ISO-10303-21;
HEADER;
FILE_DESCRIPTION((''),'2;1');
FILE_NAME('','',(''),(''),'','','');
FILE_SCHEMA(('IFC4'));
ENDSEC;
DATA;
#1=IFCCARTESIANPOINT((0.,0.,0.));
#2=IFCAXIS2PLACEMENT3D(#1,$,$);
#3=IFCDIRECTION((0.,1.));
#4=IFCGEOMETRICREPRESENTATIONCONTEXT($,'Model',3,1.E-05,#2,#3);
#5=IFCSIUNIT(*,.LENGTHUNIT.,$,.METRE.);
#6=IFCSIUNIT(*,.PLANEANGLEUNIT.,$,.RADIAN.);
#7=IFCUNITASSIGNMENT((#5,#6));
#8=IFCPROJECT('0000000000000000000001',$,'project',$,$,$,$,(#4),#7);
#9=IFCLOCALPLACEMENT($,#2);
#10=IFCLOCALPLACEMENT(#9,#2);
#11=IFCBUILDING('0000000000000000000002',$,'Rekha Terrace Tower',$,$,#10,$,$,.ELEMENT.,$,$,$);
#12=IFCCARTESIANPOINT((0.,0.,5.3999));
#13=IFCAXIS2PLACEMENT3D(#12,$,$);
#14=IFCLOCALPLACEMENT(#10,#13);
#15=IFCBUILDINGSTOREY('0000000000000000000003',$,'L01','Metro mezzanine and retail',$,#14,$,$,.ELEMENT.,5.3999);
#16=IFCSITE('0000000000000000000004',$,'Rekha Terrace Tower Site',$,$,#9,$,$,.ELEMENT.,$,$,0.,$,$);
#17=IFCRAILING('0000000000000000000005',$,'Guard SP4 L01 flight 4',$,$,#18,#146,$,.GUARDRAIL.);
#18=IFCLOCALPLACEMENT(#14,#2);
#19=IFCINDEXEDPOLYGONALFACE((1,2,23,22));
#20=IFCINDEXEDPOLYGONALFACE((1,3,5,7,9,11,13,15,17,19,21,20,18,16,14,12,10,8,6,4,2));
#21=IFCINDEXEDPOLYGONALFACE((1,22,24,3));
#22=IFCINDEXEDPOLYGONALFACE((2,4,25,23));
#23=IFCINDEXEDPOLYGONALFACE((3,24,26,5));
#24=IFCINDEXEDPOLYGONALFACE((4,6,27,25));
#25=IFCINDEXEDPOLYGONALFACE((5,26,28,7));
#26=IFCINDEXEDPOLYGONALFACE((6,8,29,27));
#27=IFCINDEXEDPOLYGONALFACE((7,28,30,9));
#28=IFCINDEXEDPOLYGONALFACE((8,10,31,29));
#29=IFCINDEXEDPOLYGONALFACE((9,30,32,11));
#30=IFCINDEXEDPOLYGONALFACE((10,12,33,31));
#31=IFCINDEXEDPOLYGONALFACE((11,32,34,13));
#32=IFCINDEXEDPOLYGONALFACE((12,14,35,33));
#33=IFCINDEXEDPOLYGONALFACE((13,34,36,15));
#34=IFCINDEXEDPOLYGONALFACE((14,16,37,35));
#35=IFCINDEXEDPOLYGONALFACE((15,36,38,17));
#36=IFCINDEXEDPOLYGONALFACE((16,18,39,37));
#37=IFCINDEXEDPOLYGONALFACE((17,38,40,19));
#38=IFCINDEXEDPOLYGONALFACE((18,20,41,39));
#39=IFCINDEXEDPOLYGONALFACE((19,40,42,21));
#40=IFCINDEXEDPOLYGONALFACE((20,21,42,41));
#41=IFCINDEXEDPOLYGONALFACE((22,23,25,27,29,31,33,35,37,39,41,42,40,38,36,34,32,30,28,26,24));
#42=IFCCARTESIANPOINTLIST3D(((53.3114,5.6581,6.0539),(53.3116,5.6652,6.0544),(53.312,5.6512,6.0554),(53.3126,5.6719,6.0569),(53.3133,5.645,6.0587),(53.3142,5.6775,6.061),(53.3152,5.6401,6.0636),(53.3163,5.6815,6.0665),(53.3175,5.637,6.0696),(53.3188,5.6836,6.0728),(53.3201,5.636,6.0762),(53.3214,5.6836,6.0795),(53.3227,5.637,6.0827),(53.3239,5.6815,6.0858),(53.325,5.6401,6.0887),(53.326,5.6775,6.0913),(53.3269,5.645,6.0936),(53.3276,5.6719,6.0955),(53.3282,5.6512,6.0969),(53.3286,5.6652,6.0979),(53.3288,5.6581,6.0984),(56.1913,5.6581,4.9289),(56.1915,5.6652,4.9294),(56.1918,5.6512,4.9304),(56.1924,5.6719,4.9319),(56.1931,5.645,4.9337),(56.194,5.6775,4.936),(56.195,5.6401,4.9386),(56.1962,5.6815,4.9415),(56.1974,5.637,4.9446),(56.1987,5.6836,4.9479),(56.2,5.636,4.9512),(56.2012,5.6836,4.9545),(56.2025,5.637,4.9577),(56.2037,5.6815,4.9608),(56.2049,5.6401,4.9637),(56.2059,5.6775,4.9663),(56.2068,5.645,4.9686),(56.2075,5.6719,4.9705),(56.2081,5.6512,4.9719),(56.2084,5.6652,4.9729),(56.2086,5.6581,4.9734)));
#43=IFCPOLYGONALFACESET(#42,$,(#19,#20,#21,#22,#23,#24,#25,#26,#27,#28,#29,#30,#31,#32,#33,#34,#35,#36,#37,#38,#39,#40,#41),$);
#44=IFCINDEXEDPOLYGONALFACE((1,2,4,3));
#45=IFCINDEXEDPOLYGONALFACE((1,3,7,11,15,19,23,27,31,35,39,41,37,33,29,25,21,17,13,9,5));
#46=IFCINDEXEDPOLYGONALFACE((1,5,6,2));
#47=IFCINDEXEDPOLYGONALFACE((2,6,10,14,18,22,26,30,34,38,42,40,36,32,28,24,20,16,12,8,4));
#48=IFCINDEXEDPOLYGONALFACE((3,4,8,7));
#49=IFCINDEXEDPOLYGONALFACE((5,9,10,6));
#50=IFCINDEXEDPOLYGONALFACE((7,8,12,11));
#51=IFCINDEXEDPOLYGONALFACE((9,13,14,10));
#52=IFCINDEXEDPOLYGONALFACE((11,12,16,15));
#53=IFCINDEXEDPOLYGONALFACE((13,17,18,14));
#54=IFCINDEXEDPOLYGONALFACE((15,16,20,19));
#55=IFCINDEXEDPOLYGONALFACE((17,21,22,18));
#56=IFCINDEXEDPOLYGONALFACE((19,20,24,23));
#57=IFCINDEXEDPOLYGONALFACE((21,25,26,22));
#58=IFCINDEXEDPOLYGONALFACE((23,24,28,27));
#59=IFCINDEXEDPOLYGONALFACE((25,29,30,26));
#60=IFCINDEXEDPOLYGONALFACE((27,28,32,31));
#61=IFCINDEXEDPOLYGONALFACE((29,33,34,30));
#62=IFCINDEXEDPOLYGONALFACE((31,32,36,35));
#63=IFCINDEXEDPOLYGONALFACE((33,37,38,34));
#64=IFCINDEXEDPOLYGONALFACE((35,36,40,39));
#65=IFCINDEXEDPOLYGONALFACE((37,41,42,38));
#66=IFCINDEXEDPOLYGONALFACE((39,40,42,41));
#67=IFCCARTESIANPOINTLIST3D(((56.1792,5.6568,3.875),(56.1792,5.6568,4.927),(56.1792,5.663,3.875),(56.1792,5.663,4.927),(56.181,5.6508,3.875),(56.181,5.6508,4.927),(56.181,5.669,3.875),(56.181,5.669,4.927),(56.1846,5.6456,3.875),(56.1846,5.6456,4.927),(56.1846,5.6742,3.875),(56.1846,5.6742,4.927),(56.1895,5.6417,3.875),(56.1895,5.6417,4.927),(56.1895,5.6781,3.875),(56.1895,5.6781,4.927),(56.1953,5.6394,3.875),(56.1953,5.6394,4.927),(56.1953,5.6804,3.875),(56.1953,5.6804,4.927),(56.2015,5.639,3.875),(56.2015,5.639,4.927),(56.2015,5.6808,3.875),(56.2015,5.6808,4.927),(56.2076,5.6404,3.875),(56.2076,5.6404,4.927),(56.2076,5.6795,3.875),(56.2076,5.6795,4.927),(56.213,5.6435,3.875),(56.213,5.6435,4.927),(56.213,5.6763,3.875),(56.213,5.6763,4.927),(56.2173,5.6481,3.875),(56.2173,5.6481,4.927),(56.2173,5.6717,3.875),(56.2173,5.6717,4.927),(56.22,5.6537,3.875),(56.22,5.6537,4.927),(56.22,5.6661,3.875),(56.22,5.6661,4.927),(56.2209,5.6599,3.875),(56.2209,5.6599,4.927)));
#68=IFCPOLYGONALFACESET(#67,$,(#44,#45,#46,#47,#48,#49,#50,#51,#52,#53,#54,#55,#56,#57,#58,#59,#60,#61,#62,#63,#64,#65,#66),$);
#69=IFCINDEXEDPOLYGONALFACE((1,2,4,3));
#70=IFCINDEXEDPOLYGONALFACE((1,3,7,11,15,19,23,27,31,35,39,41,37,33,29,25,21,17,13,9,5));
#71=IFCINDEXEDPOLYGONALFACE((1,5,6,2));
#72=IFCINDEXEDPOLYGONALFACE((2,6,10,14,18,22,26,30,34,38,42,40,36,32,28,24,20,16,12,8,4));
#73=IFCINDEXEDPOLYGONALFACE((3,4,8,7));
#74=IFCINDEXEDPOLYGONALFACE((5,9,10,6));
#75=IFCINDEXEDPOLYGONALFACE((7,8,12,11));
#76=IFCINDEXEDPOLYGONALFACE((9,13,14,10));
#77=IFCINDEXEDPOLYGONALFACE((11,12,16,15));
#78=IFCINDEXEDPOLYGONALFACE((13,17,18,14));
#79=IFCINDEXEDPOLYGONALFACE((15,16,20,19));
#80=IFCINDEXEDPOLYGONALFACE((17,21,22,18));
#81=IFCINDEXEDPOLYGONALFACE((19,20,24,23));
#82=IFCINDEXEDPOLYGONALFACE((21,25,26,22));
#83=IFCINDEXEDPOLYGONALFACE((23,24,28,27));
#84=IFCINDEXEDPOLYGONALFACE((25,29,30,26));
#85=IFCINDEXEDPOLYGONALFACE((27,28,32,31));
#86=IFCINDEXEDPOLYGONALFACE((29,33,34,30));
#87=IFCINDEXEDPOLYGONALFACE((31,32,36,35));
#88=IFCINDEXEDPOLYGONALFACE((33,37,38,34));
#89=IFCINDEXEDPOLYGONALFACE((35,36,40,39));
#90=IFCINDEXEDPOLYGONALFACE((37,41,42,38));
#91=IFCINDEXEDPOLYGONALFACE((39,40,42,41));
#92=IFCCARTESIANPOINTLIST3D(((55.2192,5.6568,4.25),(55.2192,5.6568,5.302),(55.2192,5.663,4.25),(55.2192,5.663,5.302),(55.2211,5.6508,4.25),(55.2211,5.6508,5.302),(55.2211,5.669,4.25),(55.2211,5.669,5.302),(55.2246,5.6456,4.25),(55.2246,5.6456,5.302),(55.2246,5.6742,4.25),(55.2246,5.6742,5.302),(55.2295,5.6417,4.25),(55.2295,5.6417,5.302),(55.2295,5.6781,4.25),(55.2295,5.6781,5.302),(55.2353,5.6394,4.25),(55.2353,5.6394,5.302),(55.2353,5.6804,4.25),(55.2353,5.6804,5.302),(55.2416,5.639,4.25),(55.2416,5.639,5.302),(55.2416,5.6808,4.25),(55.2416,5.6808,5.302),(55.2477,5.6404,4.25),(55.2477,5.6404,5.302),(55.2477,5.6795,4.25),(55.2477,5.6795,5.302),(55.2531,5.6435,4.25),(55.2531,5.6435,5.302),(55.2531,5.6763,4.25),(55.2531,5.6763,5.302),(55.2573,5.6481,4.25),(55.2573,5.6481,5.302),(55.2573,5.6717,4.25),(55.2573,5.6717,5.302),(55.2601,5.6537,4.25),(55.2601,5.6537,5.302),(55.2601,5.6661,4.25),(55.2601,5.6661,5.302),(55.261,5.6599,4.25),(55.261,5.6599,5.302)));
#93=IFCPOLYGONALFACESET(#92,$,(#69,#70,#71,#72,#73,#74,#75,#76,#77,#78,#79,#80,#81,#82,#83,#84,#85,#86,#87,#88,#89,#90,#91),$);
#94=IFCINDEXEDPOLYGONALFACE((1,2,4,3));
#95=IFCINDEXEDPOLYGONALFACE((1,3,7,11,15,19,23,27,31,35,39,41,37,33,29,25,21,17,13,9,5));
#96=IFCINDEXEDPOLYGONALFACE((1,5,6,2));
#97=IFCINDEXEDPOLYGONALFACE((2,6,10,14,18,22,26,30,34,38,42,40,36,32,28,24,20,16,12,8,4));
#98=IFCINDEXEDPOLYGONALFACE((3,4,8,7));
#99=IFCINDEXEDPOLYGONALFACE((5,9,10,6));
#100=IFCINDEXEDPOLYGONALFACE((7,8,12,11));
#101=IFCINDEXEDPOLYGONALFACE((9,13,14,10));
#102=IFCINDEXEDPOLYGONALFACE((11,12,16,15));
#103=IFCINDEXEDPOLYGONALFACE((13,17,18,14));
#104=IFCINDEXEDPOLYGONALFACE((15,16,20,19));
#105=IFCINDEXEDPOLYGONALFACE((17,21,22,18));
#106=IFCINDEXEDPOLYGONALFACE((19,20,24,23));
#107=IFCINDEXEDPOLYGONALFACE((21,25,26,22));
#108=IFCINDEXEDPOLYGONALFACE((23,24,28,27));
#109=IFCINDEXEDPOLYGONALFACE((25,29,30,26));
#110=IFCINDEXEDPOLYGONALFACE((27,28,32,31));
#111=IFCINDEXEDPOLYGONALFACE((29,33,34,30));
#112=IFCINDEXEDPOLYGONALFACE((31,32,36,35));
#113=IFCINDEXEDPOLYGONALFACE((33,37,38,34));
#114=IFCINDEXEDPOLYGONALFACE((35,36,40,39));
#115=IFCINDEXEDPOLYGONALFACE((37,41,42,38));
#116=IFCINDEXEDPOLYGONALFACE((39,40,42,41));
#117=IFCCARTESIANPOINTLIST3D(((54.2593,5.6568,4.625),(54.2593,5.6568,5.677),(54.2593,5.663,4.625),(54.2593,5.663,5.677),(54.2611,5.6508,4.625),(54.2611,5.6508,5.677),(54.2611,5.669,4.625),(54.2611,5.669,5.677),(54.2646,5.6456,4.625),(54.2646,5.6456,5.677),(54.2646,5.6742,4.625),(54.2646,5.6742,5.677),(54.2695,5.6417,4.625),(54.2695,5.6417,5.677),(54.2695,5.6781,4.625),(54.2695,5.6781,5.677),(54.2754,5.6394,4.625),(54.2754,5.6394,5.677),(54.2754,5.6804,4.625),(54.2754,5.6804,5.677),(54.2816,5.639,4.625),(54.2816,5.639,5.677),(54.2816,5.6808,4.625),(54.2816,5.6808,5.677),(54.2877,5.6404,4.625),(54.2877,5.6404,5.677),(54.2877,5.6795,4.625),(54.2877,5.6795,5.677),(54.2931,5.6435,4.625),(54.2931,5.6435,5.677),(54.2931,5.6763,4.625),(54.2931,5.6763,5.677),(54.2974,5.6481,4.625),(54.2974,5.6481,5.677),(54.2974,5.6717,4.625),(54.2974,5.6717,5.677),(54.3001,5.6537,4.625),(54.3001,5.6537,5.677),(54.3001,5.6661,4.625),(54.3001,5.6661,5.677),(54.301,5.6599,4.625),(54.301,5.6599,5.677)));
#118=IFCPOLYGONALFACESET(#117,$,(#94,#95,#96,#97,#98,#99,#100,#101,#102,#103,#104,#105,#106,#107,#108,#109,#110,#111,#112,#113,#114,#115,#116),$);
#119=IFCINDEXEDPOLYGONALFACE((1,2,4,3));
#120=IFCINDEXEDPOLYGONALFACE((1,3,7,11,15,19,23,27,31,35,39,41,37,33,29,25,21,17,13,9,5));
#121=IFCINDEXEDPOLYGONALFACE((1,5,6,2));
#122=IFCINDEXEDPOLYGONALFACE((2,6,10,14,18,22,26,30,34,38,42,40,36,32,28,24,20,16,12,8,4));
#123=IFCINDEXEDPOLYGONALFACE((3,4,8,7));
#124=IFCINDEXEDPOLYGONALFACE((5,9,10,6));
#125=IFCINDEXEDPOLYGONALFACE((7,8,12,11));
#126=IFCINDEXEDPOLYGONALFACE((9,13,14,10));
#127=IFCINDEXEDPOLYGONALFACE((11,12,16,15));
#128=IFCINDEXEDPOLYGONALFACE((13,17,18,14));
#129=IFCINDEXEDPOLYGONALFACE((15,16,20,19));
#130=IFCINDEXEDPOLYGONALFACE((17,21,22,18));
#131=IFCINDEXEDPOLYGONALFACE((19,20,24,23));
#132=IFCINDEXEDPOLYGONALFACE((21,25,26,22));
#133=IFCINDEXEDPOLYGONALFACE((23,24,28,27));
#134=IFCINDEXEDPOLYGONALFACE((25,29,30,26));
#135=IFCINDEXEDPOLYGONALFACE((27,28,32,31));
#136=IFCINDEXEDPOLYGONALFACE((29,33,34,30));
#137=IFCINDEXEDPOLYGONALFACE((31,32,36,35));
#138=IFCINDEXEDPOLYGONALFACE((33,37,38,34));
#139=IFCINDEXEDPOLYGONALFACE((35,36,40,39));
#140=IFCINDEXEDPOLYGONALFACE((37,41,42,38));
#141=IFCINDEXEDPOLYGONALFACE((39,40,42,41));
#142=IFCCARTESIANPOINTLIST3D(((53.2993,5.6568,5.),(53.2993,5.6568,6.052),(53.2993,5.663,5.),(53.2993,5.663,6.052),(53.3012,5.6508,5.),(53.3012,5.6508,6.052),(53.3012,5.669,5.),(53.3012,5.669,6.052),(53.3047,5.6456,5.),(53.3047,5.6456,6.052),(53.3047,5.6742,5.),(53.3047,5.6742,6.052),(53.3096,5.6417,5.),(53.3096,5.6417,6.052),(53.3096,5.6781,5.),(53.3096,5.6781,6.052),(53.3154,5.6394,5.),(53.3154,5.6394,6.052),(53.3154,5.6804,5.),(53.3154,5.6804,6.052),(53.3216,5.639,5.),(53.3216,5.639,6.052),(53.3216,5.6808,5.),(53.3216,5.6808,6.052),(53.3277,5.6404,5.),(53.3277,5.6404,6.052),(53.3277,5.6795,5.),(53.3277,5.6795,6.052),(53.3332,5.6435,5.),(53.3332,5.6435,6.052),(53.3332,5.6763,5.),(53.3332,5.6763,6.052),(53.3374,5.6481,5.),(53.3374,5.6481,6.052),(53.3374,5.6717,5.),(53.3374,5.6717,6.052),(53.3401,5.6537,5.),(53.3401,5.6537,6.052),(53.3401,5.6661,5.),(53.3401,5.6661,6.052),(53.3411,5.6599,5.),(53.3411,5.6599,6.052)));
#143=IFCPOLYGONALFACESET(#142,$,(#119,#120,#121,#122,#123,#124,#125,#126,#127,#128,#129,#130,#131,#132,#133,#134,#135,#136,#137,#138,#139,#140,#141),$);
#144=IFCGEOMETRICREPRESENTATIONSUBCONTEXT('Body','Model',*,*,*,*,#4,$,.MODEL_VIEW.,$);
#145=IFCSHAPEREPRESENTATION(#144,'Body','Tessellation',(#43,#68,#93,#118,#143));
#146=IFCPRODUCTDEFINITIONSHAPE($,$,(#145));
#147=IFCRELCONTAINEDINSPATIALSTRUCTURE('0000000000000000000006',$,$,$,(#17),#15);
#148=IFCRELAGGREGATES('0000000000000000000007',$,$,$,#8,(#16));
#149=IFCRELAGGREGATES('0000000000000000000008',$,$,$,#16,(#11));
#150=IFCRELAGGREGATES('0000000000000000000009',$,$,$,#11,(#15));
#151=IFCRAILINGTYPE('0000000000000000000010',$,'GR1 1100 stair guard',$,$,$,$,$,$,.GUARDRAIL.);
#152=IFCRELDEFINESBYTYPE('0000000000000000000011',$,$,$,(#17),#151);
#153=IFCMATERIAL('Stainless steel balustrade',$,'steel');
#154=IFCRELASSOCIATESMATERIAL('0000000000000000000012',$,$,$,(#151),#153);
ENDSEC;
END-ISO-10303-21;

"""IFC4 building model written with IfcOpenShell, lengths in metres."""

from ifc_helpers import new_model, si_unit, direction, frame, origin, origin_2d, place, context, subcontext, project, spatial, circle, extrude, material, type_object, element, save


model = new_model("IFC4")

# Units and contexts
model_context = context("Model", 3, precision=1e-05, world=origin(), true_north=direction((0.0, 1.0)))
body_context = subcontext(model_context, "Body", "Model", "MODEL_VIEW")
ifc_project = project(units=[si_unit("LENGTHUNIT", "METRE"), si_unit("PLANEANGLEUNIT", "RADIAN")], contexts=[model_context])

# Site, building, storey
site_placement = place(None, origin())
site = spatial("IfcSite", under=ifc_project, at=site_placement, Name="Rekha Terrace Tower Site", CompositionType="ELEMENT", RefElevation=0.0)
building_placement = place(site_placement, origin())
building = spatial("IfcBuilding", under=site, at=building_placement, Name="Rekha Terrace Tower", CompositionType="ELEMENT")
storey_placement = place(building_placement, frame((0.0, 0.0, 5.3999)))
storey = spatial("IfcBuildingStorey", under=building, at=storey_placement, Name="L01", Description="Metro mezzanine and retail", CompositionType="ELEMENT", Elevation=5.3999)

# Railing
ifc_material_1 = material(Name="Stainless steel balustrade", Category="steel")
railing_type_1 = type_object("IfcRailingType", Name="GR1 1100 stair guard", PredefinedType="GUARDRAIL", material=ifc_material_1)
railing_1_placement = place(storey_placement, frame((56.2, 5.6599, 3.875)))
element("IfcRailing", 1, at=railing_1_placement, inside=storey, type_object=railing_type_1, Name="Guard SP4 L01 flight 4", PredefinedType="GUARDRAIL", context=body_context, shape_type="SweptSolid", body=[
    extrude(circle(Radius=0.0239, at=origin_2d()), frame((0.0, 0.0, 1.0762), z_axis=(-0.931452, 0.0, 0.363863), x_axis=(0.0, -1.0, 0.0)), (0.0, 0.0, 1.0), 3.0918),
    extrude(circle(Radius=0.021, at=origin_2d()), origin(), (0.0, 0.0, 1.0), 1.052),
    extrude(circle(Radius=0.021, at=origin_2d()), frame((-0.96, 0.0, 0.375)), (0.0, 0.0, 1.0), 1.052),
    extrude(circle(Radius=0.021, at=origin_2d()), frame((-1.9199, 0.0, 0.75)), (0.0, 0.0, 1.0), 1.052),
    extrude(circle(Radius=0.021, at=origin_2d()), frame((-2.8799, 0.0, 1.125)), (0.0, 0.0, 1.0), 1.052),
])

save(model, "model.ifc")
